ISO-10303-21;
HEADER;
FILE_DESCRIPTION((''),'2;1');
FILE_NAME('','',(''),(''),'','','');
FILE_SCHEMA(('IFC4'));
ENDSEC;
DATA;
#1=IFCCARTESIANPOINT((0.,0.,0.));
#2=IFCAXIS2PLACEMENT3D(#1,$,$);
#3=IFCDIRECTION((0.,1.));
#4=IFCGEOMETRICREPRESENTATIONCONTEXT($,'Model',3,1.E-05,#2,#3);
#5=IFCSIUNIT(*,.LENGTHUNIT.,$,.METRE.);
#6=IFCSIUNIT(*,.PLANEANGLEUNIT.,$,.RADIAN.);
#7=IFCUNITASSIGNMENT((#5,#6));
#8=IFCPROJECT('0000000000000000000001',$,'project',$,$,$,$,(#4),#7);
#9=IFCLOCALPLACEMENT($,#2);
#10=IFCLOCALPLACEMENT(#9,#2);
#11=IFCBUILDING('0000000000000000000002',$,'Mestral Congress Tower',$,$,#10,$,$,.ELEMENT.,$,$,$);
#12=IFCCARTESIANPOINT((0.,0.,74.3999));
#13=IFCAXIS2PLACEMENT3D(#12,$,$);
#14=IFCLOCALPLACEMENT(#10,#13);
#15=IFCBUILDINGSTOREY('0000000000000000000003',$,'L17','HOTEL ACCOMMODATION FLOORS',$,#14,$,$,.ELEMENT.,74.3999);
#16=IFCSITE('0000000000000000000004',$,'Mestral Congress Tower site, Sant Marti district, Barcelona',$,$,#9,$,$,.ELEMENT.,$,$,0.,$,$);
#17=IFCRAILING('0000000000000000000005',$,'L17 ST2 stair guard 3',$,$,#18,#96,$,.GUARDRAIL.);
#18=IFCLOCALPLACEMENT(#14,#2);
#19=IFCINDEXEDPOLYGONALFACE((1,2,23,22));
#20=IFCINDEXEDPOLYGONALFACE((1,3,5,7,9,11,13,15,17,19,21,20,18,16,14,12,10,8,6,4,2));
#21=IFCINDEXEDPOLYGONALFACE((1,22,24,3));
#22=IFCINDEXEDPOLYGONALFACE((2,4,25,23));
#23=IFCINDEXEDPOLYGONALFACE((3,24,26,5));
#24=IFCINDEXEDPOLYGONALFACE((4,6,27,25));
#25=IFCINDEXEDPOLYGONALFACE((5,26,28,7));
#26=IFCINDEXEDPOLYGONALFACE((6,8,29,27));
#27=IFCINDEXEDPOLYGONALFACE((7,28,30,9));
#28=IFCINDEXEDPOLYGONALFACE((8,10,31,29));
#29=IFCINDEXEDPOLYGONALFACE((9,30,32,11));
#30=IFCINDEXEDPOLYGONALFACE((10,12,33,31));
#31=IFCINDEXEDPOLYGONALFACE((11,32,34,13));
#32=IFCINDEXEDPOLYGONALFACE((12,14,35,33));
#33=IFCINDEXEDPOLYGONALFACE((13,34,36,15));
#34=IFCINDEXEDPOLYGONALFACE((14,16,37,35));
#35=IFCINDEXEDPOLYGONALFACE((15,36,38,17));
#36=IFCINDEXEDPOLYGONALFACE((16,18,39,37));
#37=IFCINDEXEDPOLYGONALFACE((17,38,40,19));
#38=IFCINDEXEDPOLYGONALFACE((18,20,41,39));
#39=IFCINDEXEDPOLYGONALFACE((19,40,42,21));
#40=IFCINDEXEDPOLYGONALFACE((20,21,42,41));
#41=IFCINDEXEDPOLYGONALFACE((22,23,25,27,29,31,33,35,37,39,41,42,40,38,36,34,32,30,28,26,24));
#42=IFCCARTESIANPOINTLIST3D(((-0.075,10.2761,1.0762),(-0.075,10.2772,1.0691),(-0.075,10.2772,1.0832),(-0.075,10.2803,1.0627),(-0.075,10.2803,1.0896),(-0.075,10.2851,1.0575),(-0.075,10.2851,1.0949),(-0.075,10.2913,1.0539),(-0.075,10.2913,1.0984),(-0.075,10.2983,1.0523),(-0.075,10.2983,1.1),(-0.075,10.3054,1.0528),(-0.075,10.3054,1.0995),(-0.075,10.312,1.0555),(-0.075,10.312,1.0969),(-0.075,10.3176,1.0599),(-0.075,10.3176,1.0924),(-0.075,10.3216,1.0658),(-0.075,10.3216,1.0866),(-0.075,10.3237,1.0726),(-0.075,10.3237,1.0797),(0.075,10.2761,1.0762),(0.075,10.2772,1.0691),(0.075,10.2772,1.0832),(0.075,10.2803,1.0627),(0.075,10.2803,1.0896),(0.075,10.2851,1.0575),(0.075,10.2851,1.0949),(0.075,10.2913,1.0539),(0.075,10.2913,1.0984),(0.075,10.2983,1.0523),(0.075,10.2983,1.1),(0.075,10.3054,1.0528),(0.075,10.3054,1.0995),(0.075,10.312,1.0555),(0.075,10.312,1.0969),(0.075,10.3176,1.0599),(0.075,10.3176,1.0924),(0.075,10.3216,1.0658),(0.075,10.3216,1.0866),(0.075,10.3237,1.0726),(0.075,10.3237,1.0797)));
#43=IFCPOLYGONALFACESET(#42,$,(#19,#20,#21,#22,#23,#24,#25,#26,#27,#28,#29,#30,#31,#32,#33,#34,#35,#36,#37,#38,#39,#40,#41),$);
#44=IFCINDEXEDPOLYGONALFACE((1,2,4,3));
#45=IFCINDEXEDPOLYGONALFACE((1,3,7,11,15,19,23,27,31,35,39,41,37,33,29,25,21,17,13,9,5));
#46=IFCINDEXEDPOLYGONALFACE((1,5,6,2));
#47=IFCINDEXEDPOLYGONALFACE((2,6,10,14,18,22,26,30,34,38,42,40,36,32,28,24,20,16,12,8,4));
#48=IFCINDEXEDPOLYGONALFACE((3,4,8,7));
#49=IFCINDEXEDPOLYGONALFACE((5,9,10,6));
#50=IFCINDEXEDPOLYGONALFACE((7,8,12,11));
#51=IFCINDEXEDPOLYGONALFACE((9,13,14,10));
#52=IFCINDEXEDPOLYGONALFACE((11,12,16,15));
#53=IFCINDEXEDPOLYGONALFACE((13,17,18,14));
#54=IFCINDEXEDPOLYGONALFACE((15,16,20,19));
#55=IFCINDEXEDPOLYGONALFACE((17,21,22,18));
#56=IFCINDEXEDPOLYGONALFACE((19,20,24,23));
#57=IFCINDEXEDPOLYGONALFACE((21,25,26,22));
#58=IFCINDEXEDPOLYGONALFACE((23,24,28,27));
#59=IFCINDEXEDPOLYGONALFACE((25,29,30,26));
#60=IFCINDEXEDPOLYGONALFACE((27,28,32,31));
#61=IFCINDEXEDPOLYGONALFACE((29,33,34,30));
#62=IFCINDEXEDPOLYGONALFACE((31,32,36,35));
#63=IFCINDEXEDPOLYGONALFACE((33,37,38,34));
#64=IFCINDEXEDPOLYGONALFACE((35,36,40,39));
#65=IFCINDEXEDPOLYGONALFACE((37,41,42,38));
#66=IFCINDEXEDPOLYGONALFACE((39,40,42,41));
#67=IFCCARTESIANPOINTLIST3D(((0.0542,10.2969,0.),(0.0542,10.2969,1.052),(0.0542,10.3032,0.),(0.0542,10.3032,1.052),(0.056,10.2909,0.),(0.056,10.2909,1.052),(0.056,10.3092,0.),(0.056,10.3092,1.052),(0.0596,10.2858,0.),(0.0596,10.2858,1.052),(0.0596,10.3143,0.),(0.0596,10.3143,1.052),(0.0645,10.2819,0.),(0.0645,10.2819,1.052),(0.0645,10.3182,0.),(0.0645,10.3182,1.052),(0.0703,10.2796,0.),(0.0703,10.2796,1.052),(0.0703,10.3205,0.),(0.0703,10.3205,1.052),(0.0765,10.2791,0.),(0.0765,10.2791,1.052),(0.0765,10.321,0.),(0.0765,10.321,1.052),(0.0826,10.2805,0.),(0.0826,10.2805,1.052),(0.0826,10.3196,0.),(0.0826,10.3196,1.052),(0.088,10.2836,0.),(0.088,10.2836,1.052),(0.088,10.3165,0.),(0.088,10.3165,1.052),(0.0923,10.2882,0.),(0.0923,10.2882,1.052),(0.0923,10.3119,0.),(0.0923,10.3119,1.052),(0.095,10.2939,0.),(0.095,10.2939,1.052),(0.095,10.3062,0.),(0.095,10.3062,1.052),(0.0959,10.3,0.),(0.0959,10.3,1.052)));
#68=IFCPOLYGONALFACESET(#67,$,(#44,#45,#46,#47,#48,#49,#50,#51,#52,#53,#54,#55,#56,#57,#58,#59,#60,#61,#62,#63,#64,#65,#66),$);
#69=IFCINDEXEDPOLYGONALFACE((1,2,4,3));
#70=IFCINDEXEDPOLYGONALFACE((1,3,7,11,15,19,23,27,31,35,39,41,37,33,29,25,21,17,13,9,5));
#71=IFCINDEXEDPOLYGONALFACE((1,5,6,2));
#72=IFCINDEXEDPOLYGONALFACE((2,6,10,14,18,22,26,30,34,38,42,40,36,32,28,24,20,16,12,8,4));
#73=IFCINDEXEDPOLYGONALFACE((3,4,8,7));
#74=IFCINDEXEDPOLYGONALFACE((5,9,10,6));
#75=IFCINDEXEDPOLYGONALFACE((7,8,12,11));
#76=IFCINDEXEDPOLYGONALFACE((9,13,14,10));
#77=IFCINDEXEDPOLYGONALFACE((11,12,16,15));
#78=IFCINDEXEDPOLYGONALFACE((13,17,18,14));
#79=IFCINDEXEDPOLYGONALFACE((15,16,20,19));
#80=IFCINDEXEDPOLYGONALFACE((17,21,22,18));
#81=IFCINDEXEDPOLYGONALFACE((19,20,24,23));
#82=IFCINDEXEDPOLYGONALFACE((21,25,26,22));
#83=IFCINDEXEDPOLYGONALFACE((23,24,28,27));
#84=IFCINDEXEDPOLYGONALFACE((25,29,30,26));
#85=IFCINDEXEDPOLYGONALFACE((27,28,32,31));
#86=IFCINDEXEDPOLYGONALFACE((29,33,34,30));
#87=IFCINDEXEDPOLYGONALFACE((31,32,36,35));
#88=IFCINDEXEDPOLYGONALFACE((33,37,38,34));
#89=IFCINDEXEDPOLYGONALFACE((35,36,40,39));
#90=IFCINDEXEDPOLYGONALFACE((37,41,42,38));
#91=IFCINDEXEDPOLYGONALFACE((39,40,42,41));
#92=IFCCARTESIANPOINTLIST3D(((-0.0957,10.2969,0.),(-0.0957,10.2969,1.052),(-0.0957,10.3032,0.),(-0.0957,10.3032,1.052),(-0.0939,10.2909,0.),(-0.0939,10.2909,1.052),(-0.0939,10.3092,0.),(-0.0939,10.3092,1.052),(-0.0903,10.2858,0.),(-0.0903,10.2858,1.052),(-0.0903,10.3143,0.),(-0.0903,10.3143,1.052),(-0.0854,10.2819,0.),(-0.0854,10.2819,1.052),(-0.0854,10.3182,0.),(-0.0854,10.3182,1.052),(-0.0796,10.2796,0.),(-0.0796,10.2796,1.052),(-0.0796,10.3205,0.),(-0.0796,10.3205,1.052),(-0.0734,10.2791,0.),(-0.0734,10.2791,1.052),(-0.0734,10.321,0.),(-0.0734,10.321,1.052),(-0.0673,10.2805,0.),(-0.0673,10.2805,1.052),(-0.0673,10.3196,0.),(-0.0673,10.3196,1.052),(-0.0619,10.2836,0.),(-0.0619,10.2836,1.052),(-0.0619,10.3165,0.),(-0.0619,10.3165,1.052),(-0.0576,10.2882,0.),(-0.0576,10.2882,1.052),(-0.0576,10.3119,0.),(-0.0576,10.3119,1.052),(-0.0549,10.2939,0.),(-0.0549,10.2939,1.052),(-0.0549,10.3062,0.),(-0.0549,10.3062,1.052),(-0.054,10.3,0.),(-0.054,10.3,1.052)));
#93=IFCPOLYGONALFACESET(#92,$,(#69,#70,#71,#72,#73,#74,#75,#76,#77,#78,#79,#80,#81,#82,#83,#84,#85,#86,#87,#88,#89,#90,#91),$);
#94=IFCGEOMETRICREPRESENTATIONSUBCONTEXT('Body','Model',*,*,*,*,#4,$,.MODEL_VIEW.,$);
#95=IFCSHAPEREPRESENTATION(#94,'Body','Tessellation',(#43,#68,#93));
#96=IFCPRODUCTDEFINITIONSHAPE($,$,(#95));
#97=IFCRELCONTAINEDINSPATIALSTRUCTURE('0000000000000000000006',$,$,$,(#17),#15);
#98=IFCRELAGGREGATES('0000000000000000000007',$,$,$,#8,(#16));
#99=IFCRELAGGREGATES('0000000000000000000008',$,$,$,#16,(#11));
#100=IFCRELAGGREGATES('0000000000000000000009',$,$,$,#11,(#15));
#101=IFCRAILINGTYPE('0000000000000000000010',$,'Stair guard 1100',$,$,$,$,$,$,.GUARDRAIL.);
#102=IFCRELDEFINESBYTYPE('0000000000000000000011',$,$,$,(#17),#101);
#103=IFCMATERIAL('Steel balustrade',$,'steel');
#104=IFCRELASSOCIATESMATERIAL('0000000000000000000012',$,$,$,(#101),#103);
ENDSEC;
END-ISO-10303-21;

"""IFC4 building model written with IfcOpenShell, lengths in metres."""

from ifc_helpers import new_model, si_unit, direction, frame, origin, origin_2d, place, context, subcontext, project, spatial, circle, extrude, material, type_object, element, save


model = new_model("IFC4")

# Units and contexts
model_context = context("Model", 3, precision=1e-05, world=origin(), true_north=direction((0.0, 1.0)))
body_context = subcontext(model_context, "Body", "Model", "MODEL_VIEW")
ifc_project = project(units=[si_unit("LENGTHUNIT", "METRE"), si_unit("PLANEANGLEUNIT", "RADIAN")], contexts=[model_context])

# Site, building, storey
site_placement = place(None, origin())
site = spatial("IfcSite", under=ifc_project, at=site_placement, Name="Mestral Congress Tower site, Sant Marti district, Barcelona", CompositionType="ELEMENT", RefElevation=0.0)
building_placement = place(site_placement, origin())
building = spatial("IfcBuilding", under=site, at=building_placement, Name="Mestral Congress Tower", CompositionType="ELEMENT")
storey_placement = place(building_placement, frame((0.0, 0.0, 74.3999)))
storey = spatial("IfcBuildingStorey", under=building, at=storey_placement, Name="L17", Description="HOTEL ACCOMMODATION FLOORS", CompositionType="ELEMENT", Elevation=74.3999)

# Railing
ifc_material_1 = material(Name="Steel balustrade", Category="steel")
railing_type = type_object("IfcRailingType", Name="Stair guard 1100", PredefinedType="GUARDRAIL", material=ifc_material_1)
railing_1_placement = place(storey_placement, frame((0.075, 10.3, 0.0)))
element("IfcRailing", 1, at=railing_1_placement, inside=storey, type_object=railing_type, Name="L17 ST2 stair guard 3", PredefinedType="GUARDRAIL", context=body_context, shape_type="SweptSolid", body=[
    extrude(circle(Radius=0.0239, at=origin_2d()), frame((0.0, 0.0, 1.0762), z_axis=(-1.0, 0.0, 0.0), x_axis=(0.0, -1.0, 0.0)), (0.0, 0.0, 1.0), 0.1499),
    extrude(circle(Radius=0.021, at=origin_2d()), origin(), (0.0, 0.0, 1.0), 1.052),
    extrude(circle(Radius=0.021, at=origin_2d()), frame((-0.1499, 0.0, 0.0)), (0.0, 0.0, 1.0), 1.052),
])

save(model, "model.ifc")
